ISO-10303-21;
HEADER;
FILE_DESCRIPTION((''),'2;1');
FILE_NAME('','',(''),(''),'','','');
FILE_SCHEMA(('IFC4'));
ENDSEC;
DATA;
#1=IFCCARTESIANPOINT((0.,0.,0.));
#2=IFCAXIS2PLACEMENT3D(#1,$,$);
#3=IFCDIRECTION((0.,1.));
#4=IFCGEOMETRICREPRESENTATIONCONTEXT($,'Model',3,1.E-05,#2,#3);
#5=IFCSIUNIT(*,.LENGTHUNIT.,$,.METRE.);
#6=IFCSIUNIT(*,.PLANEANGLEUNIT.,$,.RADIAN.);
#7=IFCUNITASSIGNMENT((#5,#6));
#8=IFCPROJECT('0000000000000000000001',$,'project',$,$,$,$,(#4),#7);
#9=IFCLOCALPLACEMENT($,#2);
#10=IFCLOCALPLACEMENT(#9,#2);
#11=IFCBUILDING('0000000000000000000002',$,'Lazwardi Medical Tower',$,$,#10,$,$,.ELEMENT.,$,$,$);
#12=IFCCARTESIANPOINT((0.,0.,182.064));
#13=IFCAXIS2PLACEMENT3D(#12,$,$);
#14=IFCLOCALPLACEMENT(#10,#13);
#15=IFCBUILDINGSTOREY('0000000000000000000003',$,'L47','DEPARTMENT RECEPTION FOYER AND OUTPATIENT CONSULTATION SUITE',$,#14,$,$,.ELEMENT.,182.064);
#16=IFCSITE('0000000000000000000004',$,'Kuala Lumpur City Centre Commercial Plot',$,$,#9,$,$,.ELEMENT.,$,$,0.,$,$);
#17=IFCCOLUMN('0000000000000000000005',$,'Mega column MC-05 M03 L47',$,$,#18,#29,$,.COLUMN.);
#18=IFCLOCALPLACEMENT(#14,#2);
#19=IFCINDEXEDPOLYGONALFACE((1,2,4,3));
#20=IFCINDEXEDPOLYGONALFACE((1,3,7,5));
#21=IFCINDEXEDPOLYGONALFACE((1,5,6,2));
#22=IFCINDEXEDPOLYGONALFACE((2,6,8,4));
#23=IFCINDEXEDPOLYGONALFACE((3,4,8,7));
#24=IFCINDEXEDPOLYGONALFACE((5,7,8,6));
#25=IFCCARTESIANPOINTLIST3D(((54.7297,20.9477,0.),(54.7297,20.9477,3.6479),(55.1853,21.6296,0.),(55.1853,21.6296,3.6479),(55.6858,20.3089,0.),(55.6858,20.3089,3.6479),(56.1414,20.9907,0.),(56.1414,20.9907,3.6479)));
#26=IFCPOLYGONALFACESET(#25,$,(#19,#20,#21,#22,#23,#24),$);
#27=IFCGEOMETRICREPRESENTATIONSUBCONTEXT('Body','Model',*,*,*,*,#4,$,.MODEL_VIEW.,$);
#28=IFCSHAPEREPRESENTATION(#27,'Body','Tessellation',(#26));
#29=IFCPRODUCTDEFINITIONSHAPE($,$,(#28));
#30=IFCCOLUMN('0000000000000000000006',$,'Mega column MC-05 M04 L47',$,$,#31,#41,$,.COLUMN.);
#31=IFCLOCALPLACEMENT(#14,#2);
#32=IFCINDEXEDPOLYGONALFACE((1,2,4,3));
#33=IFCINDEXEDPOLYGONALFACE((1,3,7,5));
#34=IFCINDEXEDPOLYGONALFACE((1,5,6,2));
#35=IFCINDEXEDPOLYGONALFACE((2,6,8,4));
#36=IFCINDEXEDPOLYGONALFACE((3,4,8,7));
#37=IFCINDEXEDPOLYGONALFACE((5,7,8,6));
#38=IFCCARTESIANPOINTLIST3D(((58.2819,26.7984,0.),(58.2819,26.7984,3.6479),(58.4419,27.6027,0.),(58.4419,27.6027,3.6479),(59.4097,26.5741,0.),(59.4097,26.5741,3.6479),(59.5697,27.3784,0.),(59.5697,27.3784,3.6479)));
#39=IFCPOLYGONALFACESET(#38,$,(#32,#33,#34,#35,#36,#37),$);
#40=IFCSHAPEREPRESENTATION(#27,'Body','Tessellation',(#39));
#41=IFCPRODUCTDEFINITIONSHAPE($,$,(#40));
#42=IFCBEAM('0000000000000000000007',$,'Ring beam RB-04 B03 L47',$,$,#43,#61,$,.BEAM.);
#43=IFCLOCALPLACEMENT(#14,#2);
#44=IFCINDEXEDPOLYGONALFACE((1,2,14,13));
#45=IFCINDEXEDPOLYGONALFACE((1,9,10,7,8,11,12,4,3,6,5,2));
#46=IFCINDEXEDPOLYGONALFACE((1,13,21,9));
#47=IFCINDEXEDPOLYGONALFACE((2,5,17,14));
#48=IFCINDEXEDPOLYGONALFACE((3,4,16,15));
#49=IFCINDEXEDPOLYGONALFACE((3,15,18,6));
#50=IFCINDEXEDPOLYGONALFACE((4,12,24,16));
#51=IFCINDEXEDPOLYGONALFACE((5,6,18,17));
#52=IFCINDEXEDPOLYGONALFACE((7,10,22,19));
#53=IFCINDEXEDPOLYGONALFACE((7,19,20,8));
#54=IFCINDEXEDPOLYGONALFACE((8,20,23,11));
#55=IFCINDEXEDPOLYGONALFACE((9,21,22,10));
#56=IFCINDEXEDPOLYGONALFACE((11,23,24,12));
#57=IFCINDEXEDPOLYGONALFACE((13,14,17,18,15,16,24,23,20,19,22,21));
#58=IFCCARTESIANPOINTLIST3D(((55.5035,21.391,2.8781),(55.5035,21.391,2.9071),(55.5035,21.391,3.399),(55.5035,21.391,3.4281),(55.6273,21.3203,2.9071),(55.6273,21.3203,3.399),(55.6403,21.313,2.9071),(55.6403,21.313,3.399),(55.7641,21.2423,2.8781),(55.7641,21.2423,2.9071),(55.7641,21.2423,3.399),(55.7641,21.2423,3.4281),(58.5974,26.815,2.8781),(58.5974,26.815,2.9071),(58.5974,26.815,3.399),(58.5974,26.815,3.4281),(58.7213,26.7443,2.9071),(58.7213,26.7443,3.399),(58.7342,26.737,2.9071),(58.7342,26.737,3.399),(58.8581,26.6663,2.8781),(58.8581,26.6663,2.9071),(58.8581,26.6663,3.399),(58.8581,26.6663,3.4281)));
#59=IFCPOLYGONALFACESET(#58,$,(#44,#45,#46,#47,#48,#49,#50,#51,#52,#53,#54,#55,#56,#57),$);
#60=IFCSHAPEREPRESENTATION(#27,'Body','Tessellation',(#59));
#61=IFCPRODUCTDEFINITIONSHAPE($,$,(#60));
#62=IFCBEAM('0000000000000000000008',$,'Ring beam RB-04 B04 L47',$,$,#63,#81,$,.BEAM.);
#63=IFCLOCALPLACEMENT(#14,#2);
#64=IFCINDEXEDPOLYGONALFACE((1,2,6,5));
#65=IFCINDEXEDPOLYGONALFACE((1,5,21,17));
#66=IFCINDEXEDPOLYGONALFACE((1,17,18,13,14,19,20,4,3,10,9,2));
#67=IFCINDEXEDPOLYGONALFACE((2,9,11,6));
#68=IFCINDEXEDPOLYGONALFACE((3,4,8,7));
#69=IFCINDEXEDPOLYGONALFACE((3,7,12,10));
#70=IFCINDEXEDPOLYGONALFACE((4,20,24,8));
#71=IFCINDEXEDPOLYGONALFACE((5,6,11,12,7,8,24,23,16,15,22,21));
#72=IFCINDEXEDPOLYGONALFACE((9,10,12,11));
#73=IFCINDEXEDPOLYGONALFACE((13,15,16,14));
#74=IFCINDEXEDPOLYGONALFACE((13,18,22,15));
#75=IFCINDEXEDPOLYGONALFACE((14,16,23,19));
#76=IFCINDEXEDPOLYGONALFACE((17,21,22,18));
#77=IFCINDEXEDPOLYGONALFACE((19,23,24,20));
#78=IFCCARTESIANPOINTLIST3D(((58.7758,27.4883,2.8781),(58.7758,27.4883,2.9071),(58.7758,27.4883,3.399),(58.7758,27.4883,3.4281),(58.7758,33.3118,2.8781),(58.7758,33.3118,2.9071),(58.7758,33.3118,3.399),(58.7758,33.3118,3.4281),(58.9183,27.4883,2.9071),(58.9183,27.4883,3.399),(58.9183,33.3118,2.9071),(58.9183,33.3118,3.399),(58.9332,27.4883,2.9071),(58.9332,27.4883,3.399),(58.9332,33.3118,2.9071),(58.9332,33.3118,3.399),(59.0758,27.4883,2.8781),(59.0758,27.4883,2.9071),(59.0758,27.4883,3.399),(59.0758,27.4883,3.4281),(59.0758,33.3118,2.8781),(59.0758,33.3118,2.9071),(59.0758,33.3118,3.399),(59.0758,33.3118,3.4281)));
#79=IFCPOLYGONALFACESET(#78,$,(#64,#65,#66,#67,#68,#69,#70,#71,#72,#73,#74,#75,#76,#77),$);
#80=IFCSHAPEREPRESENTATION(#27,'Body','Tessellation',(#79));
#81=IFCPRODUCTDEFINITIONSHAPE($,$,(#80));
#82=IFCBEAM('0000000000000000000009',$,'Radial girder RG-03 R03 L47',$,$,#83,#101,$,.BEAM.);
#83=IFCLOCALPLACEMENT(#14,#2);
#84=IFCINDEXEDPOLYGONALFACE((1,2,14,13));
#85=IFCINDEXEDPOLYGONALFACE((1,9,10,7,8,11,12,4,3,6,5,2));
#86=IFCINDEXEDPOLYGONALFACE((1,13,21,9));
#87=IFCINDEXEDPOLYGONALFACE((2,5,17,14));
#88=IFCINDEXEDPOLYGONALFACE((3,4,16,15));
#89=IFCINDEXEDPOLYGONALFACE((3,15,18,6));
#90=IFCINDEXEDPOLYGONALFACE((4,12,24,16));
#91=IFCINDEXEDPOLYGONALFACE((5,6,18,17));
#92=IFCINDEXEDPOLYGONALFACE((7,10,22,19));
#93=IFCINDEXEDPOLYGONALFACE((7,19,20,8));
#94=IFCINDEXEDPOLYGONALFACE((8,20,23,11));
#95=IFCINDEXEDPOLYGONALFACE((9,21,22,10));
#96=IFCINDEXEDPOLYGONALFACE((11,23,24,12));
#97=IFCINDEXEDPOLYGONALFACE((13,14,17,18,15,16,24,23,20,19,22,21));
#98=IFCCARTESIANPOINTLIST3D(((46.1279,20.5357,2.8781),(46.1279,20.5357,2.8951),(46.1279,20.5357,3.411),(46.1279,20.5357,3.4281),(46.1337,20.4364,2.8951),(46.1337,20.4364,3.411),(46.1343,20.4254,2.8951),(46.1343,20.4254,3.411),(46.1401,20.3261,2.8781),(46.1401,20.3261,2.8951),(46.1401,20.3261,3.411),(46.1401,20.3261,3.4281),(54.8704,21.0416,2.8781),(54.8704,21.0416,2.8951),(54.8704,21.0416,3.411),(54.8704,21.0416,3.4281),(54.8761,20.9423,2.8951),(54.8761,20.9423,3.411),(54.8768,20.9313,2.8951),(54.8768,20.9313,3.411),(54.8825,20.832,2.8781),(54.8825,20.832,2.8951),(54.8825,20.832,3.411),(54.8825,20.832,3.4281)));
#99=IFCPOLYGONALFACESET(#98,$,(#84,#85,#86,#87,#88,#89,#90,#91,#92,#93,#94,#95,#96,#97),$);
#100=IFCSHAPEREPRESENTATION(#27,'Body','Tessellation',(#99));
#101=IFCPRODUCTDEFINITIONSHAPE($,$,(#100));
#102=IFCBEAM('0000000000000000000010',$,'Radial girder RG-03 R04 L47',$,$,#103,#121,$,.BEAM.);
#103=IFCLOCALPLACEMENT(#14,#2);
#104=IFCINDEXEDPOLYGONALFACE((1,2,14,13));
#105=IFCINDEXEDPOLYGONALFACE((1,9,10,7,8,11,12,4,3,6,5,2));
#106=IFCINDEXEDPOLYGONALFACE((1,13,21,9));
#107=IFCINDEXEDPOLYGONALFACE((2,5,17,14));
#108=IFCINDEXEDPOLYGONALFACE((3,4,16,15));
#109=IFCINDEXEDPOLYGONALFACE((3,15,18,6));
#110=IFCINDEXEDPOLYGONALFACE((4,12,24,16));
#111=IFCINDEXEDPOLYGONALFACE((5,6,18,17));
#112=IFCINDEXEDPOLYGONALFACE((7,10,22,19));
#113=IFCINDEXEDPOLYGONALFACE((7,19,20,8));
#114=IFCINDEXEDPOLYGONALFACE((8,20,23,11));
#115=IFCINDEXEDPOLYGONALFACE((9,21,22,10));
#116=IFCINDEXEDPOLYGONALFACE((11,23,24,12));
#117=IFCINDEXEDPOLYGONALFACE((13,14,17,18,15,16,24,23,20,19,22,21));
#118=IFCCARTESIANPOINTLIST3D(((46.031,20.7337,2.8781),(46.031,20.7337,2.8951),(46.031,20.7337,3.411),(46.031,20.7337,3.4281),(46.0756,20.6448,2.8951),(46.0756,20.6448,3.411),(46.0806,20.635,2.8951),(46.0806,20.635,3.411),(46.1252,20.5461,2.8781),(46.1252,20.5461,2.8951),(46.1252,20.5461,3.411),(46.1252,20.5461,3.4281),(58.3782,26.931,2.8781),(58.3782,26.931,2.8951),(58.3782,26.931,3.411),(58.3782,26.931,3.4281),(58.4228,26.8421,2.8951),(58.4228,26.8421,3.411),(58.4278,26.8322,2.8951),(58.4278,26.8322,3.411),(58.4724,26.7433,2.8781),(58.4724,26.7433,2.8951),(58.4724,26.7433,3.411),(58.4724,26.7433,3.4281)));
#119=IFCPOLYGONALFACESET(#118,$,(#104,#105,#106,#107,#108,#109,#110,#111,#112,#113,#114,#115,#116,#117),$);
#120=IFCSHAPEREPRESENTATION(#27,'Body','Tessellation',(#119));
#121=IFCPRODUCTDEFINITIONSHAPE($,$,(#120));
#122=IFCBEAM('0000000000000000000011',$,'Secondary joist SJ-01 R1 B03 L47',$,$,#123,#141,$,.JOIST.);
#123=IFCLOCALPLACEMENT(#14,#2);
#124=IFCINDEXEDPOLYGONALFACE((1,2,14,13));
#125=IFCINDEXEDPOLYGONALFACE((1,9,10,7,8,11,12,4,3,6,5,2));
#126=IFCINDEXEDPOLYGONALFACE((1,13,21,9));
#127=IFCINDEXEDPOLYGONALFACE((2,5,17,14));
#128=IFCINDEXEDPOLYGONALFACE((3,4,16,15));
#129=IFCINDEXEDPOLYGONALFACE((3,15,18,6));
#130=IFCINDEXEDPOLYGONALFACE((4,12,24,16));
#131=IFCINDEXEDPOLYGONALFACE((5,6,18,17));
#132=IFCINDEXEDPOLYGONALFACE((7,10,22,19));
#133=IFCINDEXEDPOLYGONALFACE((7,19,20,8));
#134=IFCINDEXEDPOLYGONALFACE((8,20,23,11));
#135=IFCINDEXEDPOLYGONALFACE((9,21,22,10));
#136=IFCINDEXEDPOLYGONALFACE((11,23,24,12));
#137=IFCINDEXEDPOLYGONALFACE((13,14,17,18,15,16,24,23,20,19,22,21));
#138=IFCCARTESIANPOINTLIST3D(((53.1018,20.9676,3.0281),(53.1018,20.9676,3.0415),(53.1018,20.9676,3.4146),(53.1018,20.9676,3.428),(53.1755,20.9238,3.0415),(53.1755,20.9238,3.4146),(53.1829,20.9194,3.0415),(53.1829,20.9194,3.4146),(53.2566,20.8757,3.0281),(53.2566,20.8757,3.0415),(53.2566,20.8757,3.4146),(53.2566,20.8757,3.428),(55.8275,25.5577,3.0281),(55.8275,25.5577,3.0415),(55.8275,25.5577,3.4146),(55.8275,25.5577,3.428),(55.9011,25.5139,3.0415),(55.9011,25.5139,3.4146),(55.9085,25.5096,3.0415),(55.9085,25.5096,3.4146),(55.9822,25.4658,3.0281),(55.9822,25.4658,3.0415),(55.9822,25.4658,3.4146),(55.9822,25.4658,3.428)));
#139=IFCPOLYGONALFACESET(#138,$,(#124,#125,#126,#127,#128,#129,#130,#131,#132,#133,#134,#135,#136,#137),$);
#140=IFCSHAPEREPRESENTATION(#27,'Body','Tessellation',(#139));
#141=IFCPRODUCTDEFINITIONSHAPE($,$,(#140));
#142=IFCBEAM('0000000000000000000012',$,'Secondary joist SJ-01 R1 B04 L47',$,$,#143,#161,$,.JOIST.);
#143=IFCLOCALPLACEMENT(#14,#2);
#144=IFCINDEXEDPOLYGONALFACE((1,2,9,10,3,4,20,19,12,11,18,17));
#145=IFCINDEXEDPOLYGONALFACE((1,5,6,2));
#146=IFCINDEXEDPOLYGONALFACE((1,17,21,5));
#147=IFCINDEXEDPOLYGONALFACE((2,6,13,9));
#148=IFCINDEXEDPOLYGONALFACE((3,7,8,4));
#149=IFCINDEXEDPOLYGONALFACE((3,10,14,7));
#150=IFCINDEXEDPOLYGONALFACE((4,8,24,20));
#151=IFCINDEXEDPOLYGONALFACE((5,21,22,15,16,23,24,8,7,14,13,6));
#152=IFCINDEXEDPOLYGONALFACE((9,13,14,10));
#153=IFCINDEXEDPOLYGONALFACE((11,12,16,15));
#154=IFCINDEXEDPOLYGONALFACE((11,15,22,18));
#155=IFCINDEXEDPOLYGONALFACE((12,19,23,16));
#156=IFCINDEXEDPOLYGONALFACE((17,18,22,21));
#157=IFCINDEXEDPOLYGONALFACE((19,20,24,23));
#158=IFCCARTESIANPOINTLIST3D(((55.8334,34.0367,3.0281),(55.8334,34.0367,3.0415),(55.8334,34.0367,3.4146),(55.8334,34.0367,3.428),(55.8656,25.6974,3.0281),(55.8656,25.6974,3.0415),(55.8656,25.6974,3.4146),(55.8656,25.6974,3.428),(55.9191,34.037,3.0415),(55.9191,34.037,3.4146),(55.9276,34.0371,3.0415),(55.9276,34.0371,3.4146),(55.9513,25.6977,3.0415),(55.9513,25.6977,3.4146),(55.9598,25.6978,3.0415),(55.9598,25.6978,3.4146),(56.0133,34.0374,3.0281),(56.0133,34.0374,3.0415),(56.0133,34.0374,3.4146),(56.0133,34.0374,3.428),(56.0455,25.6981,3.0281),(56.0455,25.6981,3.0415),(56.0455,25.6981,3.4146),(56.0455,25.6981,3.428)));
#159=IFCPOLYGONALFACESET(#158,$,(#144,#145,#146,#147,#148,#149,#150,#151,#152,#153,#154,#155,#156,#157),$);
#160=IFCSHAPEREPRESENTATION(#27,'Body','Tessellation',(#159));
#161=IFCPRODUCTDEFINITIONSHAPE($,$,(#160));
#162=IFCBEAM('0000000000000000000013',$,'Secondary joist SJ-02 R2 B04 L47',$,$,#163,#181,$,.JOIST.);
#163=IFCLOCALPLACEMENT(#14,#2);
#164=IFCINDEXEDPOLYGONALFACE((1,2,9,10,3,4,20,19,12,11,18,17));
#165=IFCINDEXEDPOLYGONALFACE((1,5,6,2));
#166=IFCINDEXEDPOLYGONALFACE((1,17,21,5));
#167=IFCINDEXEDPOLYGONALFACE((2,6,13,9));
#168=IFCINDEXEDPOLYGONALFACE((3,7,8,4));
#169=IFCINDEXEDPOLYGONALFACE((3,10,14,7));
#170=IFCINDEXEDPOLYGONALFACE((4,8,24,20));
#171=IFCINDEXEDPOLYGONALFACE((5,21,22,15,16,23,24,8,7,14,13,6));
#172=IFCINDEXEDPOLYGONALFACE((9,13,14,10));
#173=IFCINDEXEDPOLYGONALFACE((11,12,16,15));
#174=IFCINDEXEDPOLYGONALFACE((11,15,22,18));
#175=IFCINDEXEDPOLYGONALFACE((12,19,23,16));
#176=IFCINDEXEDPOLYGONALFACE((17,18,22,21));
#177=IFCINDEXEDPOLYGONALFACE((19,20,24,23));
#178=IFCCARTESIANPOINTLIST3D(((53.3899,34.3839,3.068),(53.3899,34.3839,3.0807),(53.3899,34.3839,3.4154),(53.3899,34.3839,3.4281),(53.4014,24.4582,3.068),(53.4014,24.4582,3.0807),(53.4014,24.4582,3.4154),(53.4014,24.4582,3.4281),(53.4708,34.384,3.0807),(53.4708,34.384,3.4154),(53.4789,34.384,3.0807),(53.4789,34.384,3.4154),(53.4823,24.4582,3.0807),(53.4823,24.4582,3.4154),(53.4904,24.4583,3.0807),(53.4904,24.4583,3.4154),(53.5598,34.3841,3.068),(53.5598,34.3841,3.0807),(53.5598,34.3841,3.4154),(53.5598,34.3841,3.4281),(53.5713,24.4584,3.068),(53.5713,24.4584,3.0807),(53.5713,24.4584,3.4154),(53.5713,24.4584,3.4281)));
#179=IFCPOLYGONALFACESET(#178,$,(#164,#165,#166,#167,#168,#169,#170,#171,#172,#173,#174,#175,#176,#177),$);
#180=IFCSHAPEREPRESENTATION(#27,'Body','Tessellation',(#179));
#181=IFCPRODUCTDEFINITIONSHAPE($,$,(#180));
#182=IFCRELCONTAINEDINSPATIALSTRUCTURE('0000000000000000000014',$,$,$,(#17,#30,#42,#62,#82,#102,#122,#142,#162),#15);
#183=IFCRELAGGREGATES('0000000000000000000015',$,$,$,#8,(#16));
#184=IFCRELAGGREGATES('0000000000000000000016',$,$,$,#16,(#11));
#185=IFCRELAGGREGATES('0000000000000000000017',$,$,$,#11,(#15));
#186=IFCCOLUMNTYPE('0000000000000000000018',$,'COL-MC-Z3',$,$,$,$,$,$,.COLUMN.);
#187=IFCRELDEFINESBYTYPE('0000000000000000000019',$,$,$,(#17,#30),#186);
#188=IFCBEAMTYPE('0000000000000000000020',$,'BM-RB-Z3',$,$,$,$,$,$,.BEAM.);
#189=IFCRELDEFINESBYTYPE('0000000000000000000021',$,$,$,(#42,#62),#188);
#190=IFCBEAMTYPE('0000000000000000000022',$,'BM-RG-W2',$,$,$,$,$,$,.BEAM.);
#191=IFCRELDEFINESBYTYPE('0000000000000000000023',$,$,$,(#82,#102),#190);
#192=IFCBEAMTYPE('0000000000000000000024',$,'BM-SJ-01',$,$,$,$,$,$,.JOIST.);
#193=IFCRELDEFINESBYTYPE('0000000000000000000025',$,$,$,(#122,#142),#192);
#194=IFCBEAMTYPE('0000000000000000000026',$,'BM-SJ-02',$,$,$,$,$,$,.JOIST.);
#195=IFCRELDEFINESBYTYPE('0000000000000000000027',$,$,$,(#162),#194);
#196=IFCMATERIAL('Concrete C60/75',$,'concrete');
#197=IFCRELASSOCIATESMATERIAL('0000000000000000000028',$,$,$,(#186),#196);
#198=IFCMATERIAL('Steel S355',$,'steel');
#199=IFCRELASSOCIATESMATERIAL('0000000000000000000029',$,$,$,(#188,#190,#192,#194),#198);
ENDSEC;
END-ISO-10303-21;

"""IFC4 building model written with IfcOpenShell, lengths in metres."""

from ifc_helpers import new_model, si_unit, direction, frame, origin, origin_2d, place, context, subcontext, project, spatial, rectangle, i_section, extrude, material, material_profile, profile_set, type_object, element, save


model = new_model("IFC4")

# Units and contexts
model_context = context("Model", 3, precision=1e-05, world=origin(), true_north=direction((0.0, 1.0)))
body_context = subcontext(model_context, "Body", "Model", "MODEL_VIEW")
ifc_project = project(units=[si_unit("LENGTHUNIT", "METRE"), si_unit("PLANEANGLEUNIT", "RADIAN")], contexts=[model_context])

# Site, building, storey
site_placement = place(None, origin())
site = spatial("IfcSite", under=ifc_project, at=site_placement, Name="Kuala Lumpur City Centre Commercial Plot", CompositionType="ELEMENT", RefElevation=0.0)
building_placement = place(site_placement, origin())
building = spatial("IfcBuilding", under=site, at=building_placement, Name="Lazwardi Medical Tower", CompositionType="ELEMENT")
storey_placement = place(building_placement, frame((0.0, 0.0, 182.064)))
storey = spatial("IfcBuildingStorey", under=building, at=storey_placement, Name="L47", Description="DEPARTMENT RECEPTION FOYER AND OUTPATIENT CONSULTATION SUITE", CompositionType="ELEMENT", Elevation=182.064)

# Columns
ifc_material_1 = material(Name="Concrete C60/75", Category="concrete")
ifc_material_profile_1 = material_profile(ifc_material_1, rectangle(XDim=1.1499, YDim=0.8201, at=origin_2d()), Name="CFT-RECT 1150x820")
ifc_profile_set_1 = profile_set([ifc_material_profile_1], Name="Concrete C60/75")
column_type = type_object("IfcColumnType", Name="COL-MC-Z3", PredefinedType="COLUMN", material=ifc_profile_set_1)
for number, where, z_axis, x_axis, name in (
    (1, (55.4355, 20.9692, 0.0), (0.0, 0.0, 1.0), (0.83147, -0.55557, 0.0), "Mega column MC-05 M03 L47"),
    (2, (58.9258, 27.0884, 0.0), (0.0, 0.0, 1.0), (0.980785, -0.19509, 0.0), "Mega column MC-05 M04 L47"),
):
    element("IfcColumn", number, at=place(storey_placement, frame(where, z_axis=z_axis, x_axis=x_axis)), inside=storey, type_object=column_type, Name=name, PredefinedType="COLUMN", context=body_context, shape_type="SweptSolid", body=[
        extrude(rectangle(XDim=1.1499, YDim=0.8201, at=origin_2d()), origin(), (0.0, 0.0, 1.0), 3.6479),
    ])

# Beams
ifc_material_2 = material(Name="Steel S355", Category="steel")
ifc_material_profile_2 = material_profile(ifc_material_2, i_section(OverallWidth=0.3, OverallDepth=0.55, WebThickness=0.0149, FlangeThickness=0.0291, at=origin_2d()), Name="HEB 550")
ifc_profile_set_2 = profile_set([ifc_material_profile_2], Name="Steel S355")
beam_type_1 = type_object("IfcBeamType", Name="BM-RB-Z3", PredefinedType="BEAM", material=ifc_profile_set_2)
beam_1_placement = place(storey_placement, frame((55.6338, 21.3167, 3.1531), z_axis=(0.495478, 0.868621, 0.0), x_axis=(-0.868621, 0.495478, 0.0)))
element("IfcBeam", 3, at=beam_1_placement, inside=storey, type_object=beam_type_1, Name="Ring beam RB-04 B03 L47", PredefinedType="BEAM", context=body_context, shape_type="SweptSolid", body=[
    extrude(i_section(OverallWidth=0.3, OverallDepth=0.55, WebThickness=0.0149, FlangeThickness=0.0291, at=origin_2d()), origin(), (0.0, 0.0, 1.0), 6.2444),
])
beam_2_placement = place(storey_placement, frame((58.9258, 27.4883, 3.1531), z_axis=(0.0, 1.0, 0.0), x_axis=(-1.0, 0.0, 0.0)))
element("IfcBeam", 4, at=beam_2_placement, inside=storey, type_object=beam_type_1, Name="Ring beam RB-04 B04 L47", PredefinedType="BEAM", context=body_context, shape_type="SweptSolid", body=[
    extrude(i_section(OverallWidth=0.3, OverallDepth=0.55, WebThickness=0.0149, FlangeThickness=0.0291, at=origin_2d()), origin(), (0.0, 0.0, 1.0), 5.8235),
])
ifc_material_profile_3 = material_profile(ifc_material_2, i_section(OverallWidth=0.21, OverallDepth=0.55, WebThickness=0.011, FlangeThickness=0.0171, at=origin_2d()), Name="IPE 550")
ifc_profile_set_3 = profile_set([ifc_material_profile_3], Name="Steel S355")
beam_type_2 = type_object("IfcBeamType", Name="BM-RG-W2", PredefinedType="BEAM", material=ifc_profile_set_3)
beam_3_placement = place(storey_placement, frame((54.8765, 20.9368, 3.1531), z_axis=(-0.99833, -0.057766, 0.0), x_axis=(0.057766, -0.99833, 0.0)))
element("IfcBeam", 5, at=beam_3_placement, inside=storey, type_object=beam_type_2, Name="Radial girder RG-03 R03 L47", PredefinedType="BEAM", context=body_context, shape_type="SweptSolid", body=[
    extrude(i_section(OverallWidth=0.21, OverallDepth=0.55, WebThickness=0.011, FlangeThickness=0.0171, at=origin_2d()), origin(), (0.0, 0.0, 1.0), 8.7571),
])
beam_4_placement = place(storey_placement, frame((58.4253, 26.8372, 3.1531), z_axis=(-0.89374, -0.448584, 0.0), x_axis=(0.448584, -0.89374, 0.0)))
element("IfcBeam", 6, at=beam_4_placement, inside=storey, type_object=beam_type_2, Name="Radial girder RG-03 R04 L47", PredefinedType="BEAM", context=body_context, shape_type="SweptSolid", body=[
    extrude(i_section(OverallWidth=0.21, OverallDepth=0.55, WebThickness=0.011, FlangeThickness=0.0171, at=origin_2d()), origin(), (0.0, 0.0, 1.0), 13.8152),
])
ifc_material_profile_4 = material_profile(ifc_material_2, i_section(OverallWidth=0.1799, OverallDepth=0.3999, WebThickness=0.0085, FlangeThickness=0.0134, at=origin_2d()), Name="IPE 400")
ifc_profile_set_4 = profile_set([ifc_material_profile_4], Name="Steel S355")
beam_type_3 = type_object("IfcBeamType", Name="BM-SJ-01", PredefinedType="JOIST", material=ifc_profile_set_4)
beam_5_placement = place(storey_placement, frame((53.1792, 20.9216, 3.228), z_axis=(0.510569, 0.859837, 0.0), x_axis=(-0.859837, 0.510569, 0.0)))
element("IfcBeam", 7, at=beam_5_placement, inside=storey, type_object=beam_type_3, Name="Secondary joist SJ-01 R1 B03 L47", PredefinedType="JOIST", context=body_context, shape_type="SweptSolid", body=[
    extrude(i_section(OverallWidth=0.1799, OverallDepth=0.3999, WebThickness=0.0085, FlangeThickness=0.0134, at=origin_2d()), origin(), (0.0, 0.0, 1.0), 5.3384),
])
beam_6_placement = place(storey_placement, frame((55.9556, 25.6978, 3.228), z_axis=(-0.003864, 0.999993, 0.0), x_axis=(-0.999993, -0.003864, 0.0)))
element("IfcBeam", 8, at=beam_6_placement, inside=storey, type_object=beam_type_3, Name="Secondary joist SJ-01 R1 B04 L47", PredefinedType="JOIST", context=body_context, shape_type="SweptSolid", body=[
    extrude(i_section(OverallWidth=0.1799, OverallDepth=0.3999, WebThickness=0.0085, FlangeThickness=0.0134, at=origin_2d()), origin(), (0.0, 0.0, 1.0), 8.3394),
])
ifc_material_profile_5 = material_profile(ifc_material_2, i_section(OverallWidth=0.1699, OverallDepth=0.3601, WebThickness=0.0081, FlangeThickness=0.0127, at=origin_2d()), Name="IPE 360")
ifc_profile_set_5 = profile_set([ifc_material_profile_5], Name="Steel S355")
beam_type_4 = type_object("IfcBeamType", Name="BM-SJ-02", PredefinedType="JOIST", material=ifc_profile_set_5)
beam_7_placement = place(storey_placement, frame((53.4863, 24.4583, 3.248), z_axis=(-0.001156, 0.999999, 0.0), x_axis=(-0.999999, -0.001156, 0.0)))
element("IfcBeam", 9, at=beam_7_placement, inside=storey, type_object=beam_type_4, Name="Secondary joist SJ-02 R2 B04 L47", PredefinedType="JOIST", context=body_context, shape_type="SweptSolid", body=[
    extrude(i_section(OverallWidth=0.1699, OverallDepth=0.3601, WebThickness=0.0081, FlangeThickness=0.0127, at=origin_2d()), origin(), (0.0, 0.0, 1.0), 9.9258),
])

save(model, "model.ifc")
